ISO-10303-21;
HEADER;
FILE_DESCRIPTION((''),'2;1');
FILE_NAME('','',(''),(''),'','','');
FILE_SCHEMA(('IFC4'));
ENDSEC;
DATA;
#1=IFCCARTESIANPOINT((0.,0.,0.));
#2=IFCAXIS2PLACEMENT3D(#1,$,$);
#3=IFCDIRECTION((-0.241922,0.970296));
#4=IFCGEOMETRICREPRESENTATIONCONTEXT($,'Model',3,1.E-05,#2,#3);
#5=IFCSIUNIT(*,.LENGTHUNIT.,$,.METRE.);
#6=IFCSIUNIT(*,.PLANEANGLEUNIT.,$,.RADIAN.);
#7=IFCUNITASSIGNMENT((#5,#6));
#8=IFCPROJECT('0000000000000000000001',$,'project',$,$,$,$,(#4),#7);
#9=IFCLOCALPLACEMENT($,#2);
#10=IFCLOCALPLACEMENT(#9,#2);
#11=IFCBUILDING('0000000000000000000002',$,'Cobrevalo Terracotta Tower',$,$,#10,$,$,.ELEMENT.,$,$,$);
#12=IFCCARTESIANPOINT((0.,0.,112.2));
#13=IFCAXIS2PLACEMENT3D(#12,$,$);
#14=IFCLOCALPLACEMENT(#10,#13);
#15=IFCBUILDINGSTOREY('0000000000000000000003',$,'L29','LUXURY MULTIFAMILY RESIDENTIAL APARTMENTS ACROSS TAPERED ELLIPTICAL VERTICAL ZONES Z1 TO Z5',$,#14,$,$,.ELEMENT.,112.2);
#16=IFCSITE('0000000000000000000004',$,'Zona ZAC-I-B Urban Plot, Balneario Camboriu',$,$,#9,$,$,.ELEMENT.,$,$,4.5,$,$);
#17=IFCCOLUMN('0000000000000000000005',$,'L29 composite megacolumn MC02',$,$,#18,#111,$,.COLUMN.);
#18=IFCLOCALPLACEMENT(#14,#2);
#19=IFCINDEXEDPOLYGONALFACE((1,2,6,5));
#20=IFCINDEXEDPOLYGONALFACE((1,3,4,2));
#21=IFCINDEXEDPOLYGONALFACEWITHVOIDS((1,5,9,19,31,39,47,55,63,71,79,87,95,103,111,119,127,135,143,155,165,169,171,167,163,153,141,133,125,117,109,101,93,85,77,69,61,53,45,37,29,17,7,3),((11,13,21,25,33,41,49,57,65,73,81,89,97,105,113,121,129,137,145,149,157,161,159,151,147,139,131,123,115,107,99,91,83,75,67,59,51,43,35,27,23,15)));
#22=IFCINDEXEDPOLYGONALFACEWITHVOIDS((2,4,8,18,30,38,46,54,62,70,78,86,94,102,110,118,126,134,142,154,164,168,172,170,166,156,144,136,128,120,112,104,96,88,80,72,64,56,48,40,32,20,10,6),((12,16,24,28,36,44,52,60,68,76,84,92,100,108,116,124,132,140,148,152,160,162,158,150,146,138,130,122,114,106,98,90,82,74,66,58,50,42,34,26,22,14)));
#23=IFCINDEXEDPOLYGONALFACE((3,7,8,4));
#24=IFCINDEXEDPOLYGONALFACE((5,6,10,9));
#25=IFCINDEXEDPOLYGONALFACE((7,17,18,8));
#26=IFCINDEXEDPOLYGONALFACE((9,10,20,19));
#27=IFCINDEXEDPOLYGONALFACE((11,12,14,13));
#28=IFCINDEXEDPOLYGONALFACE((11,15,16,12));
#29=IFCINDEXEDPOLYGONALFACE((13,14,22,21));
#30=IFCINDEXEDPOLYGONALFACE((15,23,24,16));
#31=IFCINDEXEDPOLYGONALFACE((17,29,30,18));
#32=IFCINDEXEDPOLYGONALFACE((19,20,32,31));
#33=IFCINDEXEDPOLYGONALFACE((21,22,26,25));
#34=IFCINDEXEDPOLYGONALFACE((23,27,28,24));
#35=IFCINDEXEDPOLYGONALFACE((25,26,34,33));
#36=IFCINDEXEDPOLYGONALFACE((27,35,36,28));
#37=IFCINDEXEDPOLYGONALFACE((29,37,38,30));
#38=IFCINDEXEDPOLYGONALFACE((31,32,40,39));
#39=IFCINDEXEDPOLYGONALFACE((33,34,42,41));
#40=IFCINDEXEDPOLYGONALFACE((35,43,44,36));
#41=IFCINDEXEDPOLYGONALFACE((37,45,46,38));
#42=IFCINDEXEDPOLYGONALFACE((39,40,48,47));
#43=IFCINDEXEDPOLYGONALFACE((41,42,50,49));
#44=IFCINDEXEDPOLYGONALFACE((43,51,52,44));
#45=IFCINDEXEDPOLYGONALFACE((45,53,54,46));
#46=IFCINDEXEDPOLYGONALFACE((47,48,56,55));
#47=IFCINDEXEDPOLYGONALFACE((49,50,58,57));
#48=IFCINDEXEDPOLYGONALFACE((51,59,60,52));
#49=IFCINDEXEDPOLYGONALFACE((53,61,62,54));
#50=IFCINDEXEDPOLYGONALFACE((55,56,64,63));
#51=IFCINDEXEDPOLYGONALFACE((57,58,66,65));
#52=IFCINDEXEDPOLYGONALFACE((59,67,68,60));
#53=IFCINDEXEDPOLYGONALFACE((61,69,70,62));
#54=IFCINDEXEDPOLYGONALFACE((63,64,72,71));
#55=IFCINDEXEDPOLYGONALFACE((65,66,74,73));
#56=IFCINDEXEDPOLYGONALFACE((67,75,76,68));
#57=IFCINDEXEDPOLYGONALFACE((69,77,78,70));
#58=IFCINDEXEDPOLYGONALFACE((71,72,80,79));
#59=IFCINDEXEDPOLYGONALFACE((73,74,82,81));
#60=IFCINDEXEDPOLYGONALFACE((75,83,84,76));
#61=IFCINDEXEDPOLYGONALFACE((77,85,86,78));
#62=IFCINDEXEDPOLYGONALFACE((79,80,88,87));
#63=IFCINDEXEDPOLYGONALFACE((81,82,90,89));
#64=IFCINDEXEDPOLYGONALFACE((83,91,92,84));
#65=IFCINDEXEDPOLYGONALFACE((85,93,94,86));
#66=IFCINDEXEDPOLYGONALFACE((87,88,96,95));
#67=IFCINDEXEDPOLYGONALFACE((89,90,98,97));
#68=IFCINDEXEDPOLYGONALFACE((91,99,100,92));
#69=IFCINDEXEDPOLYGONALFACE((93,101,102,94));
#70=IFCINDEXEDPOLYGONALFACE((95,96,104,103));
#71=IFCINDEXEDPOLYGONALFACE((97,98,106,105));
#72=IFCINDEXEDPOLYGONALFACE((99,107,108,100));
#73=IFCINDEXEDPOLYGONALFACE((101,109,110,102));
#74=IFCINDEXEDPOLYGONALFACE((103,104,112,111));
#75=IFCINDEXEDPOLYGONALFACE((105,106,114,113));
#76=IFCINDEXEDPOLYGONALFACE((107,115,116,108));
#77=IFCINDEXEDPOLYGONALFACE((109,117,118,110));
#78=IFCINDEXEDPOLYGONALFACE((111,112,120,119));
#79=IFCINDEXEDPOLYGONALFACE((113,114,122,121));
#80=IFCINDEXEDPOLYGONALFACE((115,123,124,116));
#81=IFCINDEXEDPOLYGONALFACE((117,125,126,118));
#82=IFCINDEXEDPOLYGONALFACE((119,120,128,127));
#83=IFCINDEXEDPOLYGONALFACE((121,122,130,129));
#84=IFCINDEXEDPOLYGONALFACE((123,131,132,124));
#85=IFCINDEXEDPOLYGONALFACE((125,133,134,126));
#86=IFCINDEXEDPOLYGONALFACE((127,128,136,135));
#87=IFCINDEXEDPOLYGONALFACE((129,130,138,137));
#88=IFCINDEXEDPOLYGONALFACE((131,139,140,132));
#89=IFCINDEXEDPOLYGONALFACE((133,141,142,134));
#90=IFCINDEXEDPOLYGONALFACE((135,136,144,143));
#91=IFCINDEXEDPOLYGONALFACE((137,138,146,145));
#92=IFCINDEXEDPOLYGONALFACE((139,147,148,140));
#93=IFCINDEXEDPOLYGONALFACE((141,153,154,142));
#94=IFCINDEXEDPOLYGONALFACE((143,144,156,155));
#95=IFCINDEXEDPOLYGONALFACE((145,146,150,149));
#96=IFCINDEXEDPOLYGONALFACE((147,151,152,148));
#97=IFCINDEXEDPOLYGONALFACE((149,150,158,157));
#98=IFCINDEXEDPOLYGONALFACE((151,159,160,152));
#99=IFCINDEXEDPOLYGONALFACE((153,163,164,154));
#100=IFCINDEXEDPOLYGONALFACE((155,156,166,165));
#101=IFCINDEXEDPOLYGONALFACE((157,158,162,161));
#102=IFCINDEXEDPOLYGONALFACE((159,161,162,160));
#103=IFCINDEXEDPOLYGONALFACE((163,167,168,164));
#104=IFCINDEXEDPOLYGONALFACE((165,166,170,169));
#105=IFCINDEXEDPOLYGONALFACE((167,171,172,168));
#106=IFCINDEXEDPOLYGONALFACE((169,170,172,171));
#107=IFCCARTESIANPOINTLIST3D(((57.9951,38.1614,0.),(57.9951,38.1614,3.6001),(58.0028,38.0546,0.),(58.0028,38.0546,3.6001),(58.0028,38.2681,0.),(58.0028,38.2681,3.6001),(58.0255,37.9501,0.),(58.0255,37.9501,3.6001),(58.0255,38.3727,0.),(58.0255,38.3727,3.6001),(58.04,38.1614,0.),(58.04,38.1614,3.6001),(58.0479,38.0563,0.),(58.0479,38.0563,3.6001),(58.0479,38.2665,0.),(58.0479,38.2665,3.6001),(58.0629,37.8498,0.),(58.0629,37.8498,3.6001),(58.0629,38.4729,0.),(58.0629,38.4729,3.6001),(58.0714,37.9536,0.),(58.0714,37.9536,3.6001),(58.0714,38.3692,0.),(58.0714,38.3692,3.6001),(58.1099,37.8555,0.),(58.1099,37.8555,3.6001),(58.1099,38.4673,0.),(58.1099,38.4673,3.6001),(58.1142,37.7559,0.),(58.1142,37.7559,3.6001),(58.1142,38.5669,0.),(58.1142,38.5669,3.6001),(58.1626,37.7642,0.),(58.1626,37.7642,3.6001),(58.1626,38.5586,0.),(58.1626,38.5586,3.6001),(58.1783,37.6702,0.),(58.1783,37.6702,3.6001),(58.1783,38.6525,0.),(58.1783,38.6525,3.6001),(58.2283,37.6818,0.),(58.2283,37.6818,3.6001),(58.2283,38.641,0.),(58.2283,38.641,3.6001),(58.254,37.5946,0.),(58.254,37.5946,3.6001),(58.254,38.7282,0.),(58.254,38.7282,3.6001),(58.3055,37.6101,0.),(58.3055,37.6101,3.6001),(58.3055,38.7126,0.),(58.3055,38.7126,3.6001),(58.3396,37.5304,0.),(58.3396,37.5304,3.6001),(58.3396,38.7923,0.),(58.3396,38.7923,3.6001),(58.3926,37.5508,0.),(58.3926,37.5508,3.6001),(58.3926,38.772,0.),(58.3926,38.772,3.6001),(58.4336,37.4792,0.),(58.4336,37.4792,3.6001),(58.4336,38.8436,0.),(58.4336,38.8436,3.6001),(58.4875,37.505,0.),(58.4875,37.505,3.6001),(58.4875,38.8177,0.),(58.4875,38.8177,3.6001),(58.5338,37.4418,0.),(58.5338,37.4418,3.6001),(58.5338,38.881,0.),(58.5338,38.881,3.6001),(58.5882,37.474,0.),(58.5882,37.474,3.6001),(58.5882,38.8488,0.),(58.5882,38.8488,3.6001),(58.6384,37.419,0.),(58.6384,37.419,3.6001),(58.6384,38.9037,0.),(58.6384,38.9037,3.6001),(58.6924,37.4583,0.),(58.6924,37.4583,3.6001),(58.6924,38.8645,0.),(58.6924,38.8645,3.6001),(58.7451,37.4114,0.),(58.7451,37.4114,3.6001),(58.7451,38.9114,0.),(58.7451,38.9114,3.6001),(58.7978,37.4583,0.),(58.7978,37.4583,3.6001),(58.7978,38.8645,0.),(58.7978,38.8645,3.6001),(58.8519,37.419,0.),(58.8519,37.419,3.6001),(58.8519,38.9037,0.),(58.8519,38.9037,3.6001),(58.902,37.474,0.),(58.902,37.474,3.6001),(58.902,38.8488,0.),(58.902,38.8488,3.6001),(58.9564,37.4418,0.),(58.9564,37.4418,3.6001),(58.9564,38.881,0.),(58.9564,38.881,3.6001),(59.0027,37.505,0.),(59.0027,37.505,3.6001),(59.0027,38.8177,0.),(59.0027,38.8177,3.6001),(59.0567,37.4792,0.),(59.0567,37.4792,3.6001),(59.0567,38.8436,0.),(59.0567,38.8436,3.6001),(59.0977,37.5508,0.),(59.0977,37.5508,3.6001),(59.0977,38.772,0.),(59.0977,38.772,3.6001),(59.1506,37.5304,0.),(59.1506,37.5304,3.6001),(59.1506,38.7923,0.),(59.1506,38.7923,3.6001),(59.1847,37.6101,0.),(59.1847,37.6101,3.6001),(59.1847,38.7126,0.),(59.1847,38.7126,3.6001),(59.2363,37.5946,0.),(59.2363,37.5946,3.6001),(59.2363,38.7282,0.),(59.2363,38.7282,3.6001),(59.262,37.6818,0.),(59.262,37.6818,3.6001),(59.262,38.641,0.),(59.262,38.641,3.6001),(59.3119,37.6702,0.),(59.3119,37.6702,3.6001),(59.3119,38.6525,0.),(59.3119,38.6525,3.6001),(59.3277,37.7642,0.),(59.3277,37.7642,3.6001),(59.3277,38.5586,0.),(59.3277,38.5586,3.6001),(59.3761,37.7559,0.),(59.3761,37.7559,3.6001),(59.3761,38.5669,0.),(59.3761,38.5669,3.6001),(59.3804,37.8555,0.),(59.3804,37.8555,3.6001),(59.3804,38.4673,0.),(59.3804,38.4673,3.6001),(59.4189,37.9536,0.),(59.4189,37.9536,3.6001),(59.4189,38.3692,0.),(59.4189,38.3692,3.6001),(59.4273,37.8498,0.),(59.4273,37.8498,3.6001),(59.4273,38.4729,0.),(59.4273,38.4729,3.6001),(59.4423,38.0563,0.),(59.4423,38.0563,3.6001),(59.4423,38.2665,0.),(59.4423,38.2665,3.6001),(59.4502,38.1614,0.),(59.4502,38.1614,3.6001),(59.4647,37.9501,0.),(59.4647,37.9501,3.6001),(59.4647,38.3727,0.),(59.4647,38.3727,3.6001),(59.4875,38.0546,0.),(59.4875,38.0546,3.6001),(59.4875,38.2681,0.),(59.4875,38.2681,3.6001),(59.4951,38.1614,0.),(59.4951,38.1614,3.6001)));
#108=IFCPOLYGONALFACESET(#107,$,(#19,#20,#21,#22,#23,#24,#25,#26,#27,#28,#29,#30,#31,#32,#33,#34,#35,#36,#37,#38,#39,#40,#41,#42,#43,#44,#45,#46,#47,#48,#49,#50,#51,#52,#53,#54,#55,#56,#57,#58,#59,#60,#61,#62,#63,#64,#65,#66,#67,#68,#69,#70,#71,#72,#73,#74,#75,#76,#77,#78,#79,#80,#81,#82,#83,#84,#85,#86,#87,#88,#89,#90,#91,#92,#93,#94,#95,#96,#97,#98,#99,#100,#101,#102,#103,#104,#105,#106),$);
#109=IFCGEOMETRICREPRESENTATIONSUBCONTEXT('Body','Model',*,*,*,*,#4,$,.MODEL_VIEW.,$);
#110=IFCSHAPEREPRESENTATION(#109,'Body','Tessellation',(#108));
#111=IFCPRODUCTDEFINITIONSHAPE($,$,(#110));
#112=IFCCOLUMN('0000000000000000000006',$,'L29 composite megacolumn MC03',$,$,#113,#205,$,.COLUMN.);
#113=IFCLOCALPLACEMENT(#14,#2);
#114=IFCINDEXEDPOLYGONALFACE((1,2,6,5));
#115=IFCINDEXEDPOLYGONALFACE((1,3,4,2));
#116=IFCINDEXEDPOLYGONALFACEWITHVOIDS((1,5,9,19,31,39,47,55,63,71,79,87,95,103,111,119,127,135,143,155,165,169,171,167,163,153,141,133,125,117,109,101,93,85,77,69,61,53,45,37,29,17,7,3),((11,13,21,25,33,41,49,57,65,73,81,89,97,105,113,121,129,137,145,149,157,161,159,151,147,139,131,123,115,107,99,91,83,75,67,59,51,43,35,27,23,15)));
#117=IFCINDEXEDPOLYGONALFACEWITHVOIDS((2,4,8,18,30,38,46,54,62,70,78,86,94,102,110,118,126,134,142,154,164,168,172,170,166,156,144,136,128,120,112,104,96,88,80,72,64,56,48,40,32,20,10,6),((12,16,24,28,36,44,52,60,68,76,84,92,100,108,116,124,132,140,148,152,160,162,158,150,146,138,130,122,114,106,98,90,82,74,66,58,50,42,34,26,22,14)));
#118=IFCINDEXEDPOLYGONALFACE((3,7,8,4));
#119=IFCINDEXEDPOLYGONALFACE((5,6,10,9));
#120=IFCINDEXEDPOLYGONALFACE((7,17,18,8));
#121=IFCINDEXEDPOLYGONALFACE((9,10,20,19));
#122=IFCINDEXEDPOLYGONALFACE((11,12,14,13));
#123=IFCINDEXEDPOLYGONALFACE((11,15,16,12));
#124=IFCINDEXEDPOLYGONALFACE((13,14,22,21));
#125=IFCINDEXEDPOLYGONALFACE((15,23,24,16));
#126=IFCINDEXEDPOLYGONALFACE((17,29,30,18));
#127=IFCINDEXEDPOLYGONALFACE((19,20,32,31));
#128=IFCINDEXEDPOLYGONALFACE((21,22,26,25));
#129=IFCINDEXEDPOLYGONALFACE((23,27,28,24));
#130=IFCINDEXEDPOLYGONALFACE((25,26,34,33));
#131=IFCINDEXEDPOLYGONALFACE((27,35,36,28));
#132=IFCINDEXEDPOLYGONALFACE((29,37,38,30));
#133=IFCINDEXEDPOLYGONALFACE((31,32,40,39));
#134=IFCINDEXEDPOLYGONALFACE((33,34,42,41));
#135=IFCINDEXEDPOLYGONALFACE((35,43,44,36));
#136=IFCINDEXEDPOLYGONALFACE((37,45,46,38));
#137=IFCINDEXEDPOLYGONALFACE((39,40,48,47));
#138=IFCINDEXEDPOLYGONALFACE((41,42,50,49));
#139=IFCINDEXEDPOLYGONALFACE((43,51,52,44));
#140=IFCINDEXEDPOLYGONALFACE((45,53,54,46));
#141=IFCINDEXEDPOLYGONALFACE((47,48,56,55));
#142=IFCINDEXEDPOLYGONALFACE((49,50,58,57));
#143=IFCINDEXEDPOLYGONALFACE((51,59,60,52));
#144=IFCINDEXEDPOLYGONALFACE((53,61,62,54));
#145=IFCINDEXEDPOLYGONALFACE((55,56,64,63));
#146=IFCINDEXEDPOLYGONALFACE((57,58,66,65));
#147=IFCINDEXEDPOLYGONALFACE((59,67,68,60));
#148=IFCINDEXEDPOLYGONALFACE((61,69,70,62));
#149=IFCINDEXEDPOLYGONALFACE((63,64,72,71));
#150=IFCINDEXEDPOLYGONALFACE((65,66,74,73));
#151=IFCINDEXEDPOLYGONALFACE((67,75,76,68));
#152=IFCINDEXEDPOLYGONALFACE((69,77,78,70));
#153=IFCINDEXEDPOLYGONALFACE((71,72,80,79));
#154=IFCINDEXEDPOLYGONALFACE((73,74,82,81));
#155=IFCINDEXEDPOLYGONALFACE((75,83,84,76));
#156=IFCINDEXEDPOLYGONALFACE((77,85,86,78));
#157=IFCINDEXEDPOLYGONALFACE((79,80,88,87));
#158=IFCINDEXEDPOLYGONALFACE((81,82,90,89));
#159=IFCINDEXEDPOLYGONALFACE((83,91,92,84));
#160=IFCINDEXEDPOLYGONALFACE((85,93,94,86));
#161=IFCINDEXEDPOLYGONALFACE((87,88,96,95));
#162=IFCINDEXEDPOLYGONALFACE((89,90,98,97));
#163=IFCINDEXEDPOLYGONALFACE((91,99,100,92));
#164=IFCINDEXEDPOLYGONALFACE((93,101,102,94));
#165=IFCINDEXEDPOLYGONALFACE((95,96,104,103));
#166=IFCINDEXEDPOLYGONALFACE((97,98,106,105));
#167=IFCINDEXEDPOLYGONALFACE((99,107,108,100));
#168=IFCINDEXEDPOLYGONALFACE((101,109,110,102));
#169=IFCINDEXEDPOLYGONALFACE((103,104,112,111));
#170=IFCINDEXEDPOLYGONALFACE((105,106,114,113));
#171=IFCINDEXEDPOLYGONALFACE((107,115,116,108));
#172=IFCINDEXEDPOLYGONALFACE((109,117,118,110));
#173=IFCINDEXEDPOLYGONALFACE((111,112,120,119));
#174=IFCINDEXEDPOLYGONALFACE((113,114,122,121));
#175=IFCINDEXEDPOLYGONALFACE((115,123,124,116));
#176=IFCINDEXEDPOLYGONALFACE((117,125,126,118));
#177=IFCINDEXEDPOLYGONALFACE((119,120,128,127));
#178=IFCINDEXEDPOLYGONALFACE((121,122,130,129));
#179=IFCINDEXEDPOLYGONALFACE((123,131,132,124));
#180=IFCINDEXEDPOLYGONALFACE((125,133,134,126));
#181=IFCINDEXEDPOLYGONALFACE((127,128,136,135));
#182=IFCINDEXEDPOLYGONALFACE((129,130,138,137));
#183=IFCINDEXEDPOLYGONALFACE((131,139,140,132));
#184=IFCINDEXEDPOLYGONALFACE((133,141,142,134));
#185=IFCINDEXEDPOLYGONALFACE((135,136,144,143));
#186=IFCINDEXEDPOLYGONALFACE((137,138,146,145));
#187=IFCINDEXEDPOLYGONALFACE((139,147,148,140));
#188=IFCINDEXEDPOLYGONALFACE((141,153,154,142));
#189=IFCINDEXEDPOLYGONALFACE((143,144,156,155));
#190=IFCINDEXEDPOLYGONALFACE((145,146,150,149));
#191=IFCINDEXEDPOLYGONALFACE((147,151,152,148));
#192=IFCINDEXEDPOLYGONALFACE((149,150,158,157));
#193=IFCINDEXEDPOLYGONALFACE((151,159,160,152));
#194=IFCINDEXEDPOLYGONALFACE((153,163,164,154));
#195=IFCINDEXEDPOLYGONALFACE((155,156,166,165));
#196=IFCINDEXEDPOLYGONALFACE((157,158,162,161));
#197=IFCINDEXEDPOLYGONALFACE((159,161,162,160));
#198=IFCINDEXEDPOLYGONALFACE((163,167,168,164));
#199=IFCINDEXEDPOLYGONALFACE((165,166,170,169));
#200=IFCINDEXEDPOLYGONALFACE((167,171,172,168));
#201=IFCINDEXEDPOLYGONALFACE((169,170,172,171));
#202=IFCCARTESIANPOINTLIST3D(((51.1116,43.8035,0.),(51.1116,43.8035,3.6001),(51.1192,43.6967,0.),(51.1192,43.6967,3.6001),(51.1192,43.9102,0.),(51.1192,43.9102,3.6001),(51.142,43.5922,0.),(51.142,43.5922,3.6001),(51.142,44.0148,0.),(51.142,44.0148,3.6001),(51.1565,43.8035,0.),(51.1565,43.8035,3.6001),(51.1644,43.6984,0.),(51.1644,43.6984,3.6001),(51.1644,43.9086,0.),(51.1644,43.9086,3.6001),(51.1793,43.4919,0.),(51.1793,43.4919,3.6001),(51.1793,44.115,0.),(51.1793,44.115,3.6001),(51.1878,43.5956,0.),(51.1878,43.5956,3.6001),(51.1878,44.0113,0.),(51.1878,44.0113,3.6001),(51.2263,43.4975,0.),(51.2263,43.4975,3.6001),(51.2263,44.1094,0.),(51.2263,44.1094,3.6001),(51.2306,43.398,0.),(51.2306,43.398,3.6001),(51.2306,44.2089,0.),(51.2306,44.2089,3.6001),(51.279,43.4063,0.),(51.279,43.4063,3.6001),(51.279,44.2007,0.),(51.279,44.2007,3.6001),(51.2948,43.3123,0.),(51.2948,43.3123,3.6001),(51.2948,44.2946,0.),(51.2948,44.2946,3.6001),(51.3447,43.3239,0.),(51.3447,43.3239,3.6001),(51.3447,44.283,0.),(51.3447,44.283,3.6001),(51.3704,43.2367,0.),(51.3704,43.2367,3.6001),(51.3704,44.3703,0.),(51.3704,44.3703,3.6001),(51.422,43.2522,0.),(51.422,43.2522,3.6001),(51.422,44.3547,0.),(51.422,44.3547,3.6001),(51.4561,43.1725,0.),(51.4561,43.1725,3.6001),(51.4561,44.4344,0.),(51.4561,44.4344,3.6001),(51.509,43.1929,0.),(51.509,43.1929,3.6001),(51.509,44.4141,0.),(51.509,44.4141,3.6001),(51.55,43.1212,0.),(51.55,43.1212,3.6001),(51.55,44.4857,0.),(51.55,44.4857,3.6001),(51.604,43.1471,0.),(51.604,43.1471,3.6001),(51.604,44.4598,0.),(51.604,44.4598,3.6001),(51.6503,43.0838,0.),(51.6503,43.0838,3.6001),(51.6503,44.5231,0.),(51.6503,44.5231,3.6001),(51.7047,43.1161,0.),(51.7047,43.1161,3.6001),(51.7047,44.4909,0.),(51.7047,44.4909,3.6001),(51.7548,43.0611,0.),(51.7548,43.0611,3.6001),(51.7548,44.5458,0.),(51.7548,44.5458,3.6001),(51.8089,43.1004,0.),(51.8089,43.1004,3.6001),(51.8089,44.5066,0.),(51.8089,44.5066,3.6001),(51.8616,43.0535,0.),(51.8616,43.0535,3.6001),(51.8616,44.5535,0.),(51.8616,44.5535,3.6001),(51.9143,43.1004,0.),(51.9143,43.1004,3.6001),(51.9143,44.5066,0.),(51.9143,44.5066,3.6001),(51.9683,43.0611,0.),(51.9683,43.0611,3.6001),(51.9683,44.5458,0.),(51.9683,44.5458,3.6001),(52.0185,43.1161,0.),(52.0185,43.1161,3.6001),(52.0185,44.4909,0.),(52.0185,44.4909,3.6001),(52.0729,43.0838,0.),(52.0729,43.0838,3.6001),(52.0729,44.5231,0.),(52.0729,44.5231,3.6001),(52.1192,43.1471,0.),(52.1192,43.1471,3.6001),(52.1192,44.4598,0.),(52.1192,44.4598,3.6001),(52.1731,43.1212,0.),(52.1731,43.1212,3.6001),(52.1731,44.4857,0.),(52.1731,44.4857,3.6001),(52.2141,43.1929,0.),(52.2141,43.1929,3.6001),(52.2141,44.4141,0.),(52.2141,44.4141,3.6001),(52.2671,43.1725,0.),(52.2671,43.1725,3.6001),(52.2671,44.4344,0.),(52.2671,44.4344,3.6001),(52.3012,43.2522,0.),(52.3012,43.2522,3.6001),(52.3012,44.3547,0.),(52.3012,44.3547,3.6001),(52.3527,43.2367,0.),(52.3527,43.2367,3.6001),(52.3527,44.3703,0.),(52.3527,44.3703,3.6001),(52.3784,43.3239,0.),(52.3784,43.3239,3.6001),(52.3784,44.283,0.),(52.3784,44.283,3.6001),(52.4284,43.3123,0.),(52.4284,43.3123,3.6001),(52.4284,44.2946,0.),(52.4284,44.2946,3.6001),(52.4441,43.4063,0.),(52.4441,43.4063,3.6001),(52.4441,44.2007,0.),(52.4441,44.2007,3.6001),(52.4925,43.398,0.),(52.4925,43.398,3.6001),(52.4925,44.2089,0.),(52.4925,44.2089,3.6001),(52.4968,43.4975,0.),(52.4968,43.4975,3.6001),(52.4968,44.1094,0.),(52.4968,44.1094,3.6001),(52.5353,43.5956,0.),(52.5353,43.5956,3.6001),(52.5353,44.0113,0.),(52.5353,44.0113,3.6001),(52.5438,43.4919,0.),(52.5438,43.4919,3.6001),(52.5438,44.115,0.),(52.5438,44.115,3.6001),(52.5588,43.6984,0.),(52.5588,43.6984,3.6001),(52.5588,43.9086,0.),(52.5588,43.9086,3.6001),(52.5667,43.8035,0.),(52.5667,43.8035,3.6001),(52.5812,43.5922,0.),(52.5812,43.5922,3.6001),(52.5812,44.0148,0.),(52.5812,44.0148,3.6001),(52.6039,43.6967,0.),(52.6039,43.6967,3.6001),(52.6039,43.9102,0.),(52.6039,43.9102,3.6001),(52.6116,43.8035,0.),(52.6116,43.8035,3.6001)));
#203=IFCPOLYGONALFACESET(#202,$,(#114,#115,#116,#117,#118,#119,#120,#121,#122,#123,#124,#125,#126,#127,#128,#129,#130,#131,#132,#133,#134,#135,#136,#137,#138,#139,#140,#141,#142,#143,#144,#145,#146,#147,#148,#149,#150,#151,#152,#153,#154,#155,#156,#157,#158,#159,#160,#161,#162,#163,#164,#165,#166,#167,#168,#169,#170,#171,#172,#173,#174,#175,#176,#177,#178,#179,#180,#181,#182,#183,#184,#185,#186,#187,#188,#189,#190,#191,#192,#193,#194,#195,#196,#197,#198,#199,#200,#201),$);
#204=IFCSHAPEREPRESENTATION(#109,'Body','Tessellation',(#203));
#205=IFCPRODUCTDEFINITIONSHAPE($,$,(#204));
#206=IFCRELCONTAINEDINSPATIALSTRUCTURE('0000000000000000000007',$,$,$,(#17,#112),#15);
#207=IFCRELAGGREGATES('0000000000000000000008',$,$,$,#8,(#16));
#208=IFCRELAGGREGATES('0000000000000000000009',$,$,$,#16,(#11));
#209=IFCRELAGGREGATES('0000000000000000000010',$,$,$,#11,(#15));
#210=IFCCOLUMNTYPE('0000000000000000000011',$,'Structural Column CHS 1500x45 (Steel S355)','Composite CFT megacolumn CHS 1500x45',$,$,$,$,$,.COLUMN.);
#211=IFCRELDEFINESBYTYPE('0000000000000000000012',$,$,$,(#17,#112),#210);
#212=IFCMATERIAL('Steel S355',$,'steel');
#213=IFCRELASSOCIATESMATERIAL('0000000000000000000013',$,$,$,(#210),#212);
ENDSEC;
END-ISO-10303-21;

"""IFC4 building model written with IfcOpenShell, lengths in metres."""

from ifc_helpers import new_model, si_unit, direction, frame, origin, origin_2d, place, context, subcontext, project, spatial, hollow_circle, extrude, material, material_profile, profile_set, type_object, element, save


model = new_model("IFC4")

# Units and contexts
model_context = context("Model", 3, precision=1e-05, world=origin(), true_north=direction((-0.241922, 0.970296)))
body_context = subcontext(model_context, "Body", "Model", "MODEL_VIEW")
ifc_project = project(units=[si_unit("LENGTHUNIT", "METRE"), si_unit("PLANEANGLEUNIT", "RADIAN")], contexts=[model_context])

# Site, building, storey
site_placement = place(None, origin())
site = spatial("IfcSite", under=ifc_project, at=site_placement, Name="Zona ZAC-I-B Urban Plot, Balneario Camboriu", CompositionType="ELEMENT", RefElevation=4.5)
building_placement = place(site_placement, origin())
building = spatial("IfcBuilding", under=site, at=building_placement, Name="Cobrevalo Terracotta Tower", CompositionType="ELEMENT")
storey_placement = place(building_placement, frame((0.0, 0.0, 112.2)))
storey = spatial("IfcBuildingStorey", under=building, at=storey_placement, Name="L29", Description="LUXURY MULTIFAMILY RESIDENTIAL APARTMENTS ACROSS TAPERED ELLIPTICAL VERTICAL ZONES Z1 TO Z5", CompositionType="ELEMENT", Elevation=112.2)

# Columns
ifc_material_1 = material(Name="Steel S355", Category="steel")
ifc_material_profile_1 = material_profile(ifc_material_1, hollow_circle(Radius=0.75, WallThickness=0.0449, at=origin_2d()), Name="CHS 1500x45")
ifc_profile_set_1 = profile_set([ifc_material_profile_1], Name="Steel S355")
column_type = type_object("IfcColumnType", Name="Structural Column CHS 1500x45 (Steel S355)", Description="Composite CFT megacolumn CHS 1500x45", PredefinedType="COLUMN", material=ifc_profile_set_1)
for number, where, z_axis, x_axis, name in (
    (1, (58.7451, 38.1614, 0.0), (0.0, 0.0, 1.0), (1.0, 0.0, 0.0), "L29 composite megacolumn MC02"),
    (2, (51.8616, 43.8035, 0.0), (0.0, 0.0, 1.0), (1.0, 0.0, 0.0), "L29 composite megacolumn MC03"),
):
    element("IfcColumn", number, at=place(storey_placement, frame(where, z_axis=z_axis, x_axis=x_axis)), inside=storey, type_object=column_type, Name=name, PredefinedType="COLUMN", context=body_context, shape_type="SweptSolid", body=[
        extrude(hollow_circle(Radius=0.75, WallThickness=0.0449, at=origin_2d()), origin(), (0.0, 0.0, 1.0), 3.6001),
    ])

save(model, "model.ifc")
